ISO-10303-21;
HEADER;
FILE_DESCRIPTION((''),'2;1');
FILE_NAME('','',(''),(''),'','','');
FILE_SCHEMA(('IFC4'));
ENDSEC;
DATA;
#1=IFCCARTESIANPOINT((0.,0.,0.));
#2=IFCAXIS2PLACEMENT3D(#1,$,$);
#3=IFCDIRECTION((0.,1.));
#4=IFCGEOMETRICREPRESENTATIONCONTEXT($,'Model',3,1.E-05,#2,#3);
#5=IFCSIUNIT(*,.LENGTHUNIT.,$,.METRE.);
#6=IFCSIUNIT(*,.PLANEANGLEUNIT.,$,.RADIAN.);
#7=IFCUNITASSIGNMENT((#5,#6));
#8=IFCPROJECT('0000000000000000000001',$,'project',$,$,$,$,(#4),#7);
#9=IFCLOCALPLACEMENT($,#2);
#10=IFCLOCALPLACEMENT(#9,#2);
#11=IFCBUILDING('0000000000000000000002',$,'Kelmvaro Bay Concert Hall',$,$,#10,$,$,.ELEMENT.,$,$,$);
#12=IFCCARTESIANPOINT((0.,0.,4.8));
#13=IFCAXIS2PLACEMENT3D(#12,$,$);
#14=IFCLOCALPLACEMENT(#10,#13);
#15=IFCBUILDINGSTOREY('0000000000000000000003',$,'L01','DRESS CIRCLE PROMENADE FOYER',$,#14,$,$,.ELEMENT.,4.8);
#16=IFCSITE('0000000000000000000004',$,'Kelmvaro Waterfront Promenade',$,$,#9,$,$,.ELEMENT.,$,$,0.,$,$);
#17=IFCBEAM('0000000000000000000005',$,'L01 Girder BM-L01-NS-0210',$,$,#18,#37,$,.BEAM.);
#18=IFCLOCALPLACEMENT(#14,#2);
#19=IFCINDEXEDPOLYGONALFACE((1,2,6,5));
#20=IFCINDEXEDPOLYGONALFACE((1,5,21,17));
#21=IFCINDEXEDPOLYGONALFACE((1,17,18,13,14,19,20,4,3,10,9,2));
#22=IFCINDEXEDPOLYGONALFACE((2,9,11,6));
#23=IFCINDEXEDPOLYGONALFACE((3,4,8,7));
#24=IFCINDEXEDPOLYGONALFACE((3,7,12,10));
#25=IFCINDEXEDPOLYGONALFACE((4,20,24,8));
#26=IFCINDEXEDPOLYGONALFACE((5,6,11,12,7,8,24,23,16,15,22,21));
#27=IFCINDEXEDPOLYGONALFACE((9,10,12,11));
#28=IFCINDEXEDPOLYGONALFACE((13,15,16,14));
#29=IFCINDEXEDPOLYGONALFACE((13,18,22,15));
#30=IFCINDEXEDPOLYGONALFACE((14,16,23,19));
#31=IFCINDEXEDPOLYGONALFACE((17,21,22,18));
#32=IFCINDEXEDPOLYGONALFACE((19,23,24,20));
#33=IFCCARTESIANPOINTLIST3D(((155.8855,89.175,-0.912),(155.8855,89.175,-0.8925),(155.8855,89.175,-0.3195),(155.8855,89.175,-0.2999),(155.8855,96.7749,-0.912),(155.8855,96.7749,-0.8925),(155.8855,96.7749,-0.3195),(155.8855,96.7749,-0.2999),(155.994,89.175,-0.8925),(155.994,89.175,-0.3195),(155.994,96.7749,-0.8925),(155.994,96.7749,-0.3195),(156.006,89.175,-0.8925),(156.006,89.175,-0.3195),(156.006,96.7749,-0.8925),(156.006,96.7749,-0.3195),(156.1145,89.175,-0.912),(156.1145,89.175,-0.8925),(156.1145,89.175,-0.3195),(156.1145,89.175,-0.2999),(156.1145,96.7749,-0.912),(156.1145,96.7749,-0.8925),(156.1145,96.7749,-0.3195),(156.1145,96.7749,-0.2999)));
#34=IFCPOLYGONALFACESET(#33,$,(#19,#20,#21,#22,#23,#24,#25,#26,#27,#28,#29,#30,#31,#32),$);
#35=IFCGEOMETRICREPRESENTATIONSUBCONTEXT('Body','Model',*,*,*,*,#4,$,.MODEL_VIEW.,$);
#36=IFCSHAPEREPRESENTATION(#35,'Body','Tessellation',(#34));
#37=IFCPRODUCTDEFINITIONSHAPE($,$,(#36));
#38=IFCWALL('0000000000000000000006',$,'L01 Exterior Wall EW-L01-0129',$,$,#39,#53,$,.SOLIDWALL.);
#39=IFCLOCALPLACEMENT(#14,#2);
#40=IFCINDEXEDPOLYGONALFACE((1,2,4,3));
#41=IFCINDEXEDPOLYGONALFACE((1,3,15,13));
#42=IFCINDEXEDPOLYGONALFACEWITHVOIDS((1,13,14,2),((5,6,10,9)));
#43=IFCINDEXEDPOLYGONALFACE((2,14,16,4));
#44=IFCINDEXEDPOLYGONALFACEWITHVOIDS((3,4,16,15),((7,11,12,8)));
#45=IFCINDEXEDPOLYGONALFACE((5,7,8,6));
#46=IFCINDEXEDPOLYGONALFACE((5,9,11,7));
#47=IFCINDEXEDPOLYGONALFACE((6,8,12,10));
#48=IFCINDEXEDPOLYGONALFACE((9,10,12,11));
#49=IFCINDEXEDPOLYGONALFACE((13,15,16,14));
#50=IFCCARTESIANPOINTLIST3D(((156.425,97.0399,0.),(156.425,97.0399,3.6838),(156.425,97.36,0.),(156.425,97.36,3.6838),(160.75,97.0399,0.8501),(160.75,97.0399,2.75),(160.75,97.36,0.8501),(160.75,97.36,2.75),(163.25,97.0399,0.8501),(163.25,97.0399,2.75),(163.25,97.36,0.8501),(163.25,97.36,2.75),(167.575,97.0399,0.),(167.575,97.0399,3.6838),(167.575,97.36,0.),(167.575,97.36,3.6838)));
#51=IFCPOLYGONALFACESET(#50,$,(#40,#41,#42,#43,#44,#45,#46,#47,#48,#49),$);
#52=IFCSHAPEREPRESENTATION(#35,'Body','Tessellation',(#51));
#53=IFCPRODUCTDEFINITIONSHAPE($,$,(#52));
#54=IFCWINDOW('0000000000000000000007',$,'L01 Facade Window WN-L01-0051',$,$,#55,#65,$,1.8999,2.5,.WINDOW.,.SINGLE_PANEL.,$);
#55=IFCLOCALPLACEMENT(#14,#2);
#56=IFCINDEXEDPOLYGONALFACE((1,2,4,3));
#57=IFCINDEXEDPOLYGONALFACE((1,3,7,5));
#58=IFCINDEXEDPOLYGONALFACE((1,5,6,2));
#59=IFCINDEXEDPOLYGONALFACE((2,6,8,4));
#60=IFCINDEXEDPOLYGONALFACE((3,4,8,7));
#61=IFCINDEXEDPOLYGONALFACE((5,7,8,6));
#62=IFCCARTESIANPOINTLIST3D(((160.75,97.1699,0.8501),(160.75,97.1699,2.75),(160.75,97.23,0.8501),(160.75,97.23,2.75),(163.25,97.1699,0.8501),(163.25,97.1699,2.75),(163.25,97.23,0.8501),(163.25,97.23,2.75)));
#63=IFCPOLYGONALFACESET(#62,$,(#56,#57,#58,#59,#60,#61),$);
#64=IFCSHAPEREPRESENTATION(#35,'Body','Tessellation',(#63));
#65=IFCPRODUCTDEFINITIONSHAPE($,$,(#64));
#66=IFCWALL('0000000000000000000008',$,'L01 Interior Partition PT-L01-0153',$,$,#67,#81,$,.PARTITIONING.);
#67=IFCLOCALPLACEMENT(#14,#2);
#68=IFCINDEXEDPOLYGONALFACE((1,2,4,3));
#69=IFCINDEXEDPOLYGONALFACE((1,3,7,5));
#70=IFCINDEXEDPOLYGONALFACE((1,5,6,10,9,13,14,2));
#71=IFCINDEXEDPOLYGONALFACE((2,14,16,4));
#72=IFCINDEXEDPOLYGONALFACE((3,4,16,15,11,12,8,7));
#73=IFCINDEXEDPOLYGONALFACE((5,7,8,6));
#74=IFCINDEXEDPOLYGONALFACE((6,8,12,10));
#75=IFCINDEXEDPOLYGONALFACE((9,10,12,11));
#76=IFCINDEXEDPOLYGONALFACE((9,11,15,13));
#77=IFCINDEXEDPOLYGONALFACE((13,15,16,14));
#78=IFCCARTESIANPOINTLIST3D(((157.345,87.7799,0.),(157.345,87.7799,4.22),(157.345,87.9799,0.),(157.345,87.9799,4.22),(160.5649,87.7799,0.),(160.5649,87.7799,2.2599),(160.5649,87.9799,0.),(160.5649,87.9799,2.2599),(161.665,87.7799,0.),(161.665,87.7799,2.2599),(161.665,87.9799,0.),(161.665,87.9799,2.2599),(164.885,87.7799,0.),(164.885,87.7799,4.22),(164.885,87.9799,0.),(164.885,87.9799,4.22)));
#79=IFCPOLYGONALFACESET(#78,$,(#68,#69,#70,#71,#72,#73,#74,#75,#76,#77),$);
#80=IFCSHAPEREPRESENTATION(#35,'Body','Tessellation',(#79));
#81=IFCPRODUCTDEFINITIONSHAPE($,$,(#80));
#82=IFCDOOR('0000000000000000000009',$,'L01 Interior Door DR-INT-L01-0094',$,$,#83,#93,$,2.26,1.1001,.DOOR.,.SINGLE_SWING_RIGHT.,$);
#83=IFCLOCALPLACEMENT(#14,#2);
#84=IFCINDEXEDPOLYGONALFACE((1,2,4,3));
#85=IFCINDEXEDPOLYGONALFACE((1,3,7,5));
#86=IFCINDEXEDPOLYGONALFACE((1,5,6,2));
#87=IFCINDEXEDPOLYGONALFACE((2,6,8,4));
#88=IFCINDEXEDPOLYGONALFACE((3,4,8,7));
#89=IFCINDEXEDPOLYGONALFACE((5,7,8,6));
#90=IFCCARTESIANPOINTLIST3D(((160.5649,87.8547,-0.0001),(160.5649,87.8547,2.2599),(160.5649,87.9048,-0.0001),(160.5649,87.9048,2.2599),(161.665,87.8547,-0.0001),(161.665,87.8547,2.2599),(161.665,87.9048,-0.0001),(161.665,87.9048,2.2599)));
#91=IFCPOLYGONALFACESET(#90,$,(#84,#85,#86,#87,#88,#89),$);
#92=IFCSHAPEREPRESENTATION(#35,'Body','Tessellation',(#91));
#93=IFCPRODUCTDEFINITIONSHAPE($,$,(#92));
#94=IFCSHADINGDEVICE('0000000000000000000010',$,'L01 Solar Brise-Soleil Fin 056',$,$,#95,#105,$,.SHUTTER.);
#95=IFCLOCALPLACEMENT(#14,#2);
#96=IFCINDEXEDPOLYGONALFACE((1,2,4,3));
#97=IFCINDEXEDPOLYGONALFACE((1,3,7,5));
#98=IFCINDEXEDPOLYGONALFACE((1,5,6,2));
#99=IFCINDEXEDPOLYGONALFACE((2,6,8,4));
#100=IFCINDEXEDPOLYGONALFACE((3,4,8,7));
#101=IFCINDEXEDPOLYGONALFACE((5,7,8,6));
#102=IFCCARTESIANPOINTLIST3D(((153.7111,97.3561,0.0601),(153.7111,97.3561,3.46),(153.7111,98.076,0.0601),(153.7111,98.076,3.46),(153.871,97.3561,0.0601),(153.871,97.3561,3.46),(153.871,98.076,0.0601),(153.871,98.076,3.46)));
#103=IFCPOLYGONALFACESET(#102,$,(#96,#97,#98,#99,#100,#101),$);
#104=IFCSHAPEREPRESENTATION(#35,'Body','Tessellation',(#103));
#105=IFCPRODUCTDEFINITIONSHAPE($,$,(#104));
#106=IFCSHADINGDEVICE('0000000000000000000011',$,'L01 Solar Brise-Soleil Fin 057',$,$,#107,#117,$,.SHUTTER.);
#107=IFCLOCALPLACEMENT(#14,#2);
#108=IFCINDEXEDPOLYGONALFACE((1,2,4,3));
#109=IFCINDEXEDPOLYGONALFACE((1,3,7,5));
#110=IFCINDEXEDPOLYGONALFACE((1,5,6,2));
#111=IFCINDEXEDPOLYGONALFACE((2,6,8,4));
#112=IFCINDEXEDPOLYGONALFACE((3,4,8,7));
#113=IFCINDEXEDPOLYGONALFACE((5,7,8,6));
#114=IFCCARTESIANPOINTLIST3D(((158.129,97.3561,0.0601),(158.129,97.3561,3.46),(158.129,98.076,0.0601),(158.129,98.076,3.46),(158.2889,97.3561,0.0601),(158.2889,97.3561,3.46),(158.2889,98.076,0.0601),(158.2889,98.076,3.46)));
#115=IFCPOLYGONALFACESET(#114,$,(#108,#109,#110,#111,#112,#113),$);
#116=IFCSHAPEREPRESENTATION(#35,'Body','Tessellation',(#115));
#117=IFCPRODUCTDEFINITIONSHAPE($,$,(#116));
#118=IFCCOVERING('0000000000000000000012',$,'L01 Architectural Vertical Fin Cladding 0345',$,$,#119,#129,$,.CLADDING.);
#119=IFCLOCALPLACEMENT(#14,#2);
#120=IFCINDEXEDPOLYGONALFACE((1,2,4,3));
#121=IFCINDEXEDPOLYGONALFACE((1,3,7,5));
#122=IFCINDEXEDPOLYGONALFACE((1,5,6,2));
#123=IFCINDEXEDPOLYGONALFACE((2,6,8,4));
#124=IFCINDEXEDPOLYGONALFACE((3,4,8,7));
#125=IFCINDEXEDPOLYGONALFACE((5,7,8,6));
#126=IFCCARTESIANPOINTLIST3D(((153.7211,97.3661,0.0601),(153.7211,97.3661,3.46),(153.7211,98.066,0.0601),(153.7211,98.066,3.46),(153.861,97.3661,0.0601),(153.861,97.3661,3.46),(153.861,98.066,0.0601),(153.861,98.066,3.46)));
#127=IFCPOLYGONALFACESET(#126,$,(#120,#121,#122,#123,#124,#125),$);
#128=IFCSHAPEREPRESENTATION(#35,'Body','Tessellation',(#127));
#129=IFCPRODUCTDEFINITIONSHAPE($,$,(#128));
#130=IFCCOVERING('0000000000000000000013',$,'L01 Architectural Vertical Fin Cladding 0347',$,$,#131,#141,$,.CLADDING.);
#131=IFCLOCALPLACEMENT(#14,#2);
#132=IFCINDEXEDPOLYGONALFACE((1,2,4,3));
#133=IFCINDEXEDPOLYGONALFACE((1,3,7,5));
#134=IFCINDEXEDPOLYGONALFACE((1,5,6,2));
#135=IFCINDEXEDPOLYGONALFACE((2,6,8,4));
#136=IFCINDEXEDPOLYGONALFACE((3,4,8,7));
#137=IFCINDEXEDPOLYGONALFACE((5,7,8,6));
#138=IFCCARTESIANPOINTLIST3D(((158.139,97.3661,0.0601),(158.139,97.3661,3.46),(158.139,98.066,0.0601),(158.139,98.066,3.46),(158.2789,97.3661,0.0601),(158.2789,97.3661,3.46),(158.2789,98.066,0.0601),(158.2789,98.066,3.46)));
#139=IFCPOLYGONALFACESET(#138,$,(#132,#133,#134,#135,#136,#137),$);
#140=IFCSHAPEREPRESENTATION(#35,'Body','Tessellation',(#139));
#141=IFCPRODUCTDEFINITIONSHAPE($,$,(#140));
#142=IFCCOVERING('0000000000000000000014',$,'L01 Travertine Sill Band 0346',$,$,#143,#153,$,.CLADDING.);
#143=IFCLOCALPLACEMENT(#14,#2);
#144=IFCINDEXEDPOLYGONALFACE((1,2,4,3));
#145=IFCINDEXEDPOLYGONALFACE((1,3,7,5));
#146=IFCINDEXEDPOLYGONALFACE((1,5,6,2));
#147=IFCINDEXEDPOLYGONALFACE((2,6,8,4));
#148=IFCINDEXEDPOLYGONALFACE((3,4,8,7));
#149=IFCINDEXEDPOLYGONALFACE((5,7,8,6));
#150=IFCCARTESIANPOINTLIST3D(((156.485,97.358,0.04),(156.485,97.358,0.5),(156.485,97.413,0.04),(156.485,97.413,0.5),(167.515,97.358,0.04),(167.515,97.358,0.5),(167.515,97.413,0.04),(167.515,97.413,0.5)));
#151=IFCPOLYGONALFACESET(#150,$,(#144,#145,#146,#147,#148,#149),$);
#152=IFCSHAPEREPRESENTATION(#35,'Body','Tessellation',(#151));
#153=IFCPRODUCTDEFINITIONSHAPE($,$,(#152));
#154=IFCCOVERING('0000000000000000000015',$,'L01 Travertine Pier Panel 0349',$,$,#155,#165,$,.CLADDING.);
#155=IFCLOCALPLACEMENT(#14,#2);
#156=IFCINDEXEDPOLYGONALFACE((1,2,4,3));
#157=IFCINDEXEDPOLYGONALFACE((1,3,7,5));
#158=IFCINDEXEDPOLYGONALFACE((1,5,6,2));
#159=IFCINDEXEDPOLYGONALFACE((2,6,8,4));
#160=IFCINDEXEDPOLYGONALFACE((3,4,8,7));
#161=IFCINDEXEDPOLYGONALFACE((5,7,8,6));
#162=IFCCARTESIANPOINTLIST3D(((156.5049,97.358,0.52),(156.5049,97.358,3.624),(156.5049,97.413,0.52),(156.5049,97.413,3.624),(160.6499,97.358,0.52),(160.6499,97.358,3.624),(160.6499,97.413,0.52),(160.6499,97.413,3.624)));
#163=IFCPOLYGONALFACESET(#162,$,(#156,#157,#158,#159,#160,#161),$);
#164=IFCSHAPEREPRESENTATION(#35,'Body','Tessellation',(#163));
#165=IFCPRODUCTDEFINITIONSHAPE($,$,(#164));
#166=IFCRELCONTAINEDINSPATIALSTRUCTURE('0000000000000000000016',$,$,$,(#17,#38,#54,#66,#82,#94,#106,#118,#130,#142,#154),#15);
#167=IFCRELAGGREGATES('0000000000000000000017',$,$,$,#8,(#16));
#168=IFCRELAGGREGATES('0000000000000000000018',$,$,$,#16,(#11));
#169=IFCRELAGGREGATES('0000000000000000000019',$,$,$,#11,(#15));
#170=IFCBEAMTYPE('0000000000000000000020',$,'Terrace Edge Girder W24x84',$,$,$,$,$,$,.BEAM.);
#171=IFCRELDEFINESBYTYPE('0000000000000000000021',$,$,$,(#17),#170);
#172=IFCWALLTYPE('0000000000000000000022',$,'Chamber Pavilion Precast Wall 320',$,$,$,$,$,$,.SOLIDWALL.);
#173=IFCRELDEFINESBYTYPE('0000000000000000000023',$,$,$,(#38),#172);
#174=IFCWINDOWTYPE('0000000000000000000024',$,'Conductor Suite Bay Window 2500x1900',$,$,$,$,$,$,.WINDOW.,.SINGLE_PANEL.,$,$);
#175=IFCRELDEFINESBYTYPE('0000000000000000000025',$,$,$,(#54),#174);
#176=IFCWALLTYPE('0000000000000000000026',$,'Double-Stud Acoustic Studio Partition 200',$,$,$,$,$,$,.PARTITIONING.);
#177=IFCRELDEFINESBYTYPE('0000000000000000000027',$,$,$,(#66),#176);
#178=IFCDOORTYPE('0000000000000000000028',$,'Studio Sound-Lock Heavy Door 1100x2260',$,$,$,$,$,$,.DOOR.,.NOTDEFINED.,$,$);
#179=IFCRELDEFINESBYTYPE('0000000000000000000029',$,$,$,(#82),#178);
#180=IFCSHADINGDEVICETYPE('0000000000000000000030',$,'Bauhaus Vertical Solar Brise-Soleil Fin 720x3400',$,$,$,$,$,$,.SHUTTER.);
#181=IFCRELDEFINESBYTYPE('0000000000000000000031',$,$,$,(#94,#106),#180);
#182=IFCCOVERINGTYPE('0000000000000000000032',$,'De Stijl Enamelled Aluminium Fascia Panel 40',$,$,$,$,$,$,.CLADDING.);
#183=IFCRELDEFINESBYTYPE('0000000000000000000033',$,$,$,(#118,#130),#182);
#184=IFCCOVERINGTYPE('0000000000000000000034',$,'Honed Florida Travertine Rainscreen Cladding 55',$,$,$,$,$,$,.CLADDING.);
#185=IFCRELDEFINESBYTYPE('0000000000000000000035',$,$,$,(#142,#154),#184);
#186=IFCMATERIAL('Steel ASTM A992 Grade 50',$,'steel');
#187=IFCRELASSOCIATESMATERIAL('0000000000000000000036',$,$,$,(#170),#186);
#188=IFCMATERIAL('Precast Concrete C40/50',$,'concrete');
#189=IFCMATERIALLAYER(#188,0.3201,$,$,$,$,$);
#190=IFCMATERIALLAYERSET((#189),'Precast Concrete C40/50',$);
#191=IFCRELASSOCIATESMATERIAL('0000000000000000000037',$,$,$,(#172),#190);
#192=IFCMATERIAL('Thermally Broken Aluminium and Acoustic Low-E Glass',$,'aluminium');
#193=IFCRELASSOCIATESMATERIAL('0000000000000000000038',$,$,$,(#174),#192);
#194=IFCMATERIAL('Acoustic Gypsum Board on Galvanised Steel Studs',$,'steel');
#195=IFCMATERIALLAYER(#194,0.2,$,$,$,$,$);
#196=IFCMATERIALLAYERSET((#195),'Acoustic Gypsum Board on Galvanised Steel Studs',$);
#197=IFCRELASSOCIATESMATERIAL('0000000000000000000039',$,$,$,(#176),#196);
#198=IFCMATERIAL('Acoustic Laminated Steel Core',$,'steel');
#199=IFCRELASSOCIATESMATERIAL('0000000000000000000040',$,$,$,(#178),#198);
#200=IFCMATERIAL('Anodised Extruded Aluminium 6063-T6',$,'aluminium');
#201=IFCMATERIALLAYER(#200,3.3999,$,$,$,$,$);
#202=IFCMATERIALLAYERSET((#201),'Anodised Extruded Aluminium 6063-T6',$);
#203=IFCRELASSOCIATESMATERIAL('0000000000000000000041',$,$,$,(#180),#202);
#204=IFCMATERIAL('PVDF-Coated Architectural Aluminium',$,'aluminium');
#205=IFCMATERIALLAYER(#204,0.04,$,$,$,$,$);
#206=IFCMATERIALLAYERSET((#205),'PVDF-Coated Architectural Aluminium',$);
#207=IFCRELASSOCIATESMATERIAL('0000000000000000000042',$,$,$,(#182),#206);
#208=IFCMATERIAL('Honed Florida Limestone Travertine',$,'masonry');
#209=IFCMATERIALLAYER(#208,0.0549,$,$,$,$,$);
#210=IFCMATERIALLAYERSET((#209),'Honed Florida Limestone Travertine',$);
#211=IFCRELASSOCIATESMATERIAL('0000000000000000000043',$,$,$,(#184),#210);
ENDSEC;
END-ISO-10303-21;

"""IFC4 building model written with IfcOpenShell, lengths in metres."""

from ifc_helpers import new_model, si_unit, direction, frame, frame_2d, origin, origin_2d, place, context, subcontext, project, spatial, rectangle, i_section, extrude, material, layer, layer_set, material_profile, profile_set, type_object, element, fill, save


model = new_model("IFC4")

# Units and contexts
model_context = context("Model", 3, precision=1e-05, world=origin(), true_north=direction((0.0, 1.0)))
body_context = subcontext(model_context, "Body", "Model", "MODEL_VIEW")
ifc_project = project(units=[si_unit("LENGTHUNIT", "METRE"), si_unit("PLANEANGLEUNIT", "RADIAN")], contexts=[model_context])

# Site, building, storey
site_placement = place(None, origin())
site = spatial("IfcSite", under=ifc_project, at=site_placement, Name="Kelmvaro Waterfront Promenade", CompositionType="ELEMENT", RefElevation=0.0)
building_placement = place(site_placement, origin())
building = spatial("IfcBuilding", under=site, at=building_placement, Name="Kelmvaro Bay Concert Hall", CompositionType="ELEMENT")
storey_placement = place(building_placement, frame((0.0, 0.0, 4.8)))
storey = spatial("IfcBuildingStorey", under=building, at=storey_placement, Name="L01", Description="DRESS CIRCLE PROMENADE FOYER", CompositionType="ELEMENT", Elevation=4.8)

# Beam
ifc_material_1 = material(Name="Steel ASTM A992 Grade 50", Category="steel")
ifc_material_profile_1 = material_profile(ifc_material_1, i_section(OverallWidth=0.229, OverallDepth=0.6121, WebThickness=0.012, FlangeThickness=0.0195, at=origin_2d()), Name="W24X84")
ifc_profile_set_1 = profile_set([ifc_material_profile_1], Name="Steel ASTM A992 Grade 50")
beam_type_1 = type_object("IfcBeamType", Name="Terrace Edge Girder W24x84", PredefinedType="BEAM", material=ifc_profile_set_1)
beam_1_placement = place(storey_placement, frame((156.0, 89.175, -0.606), z_axis=(0.0, 1.0, 0.0), x_axis=(-1.0, 0.0, 0.0)))
element("IfcBeam", 1, at=beam_1_placement, inside=storey, type_object=beam_type_1, Name="L01 Girder BM-L01-NS-0210", PredefinedType="BEAM", context=body_context, shape_type="SweptSolid", body=[
    extrude(i_section(OverallWidth=0.229, OverallDepth=0.6121, WebThickness=0.012, FlangeThickness=0.0195, at=origin_2d()), origin(), (0.0, 0.0, 1.0), 7.5999),
])

# Wall, opening, window
ifc_material_2 = material(Name="Precast Concrete C40/50", Category="concrete")
ifc_layer_1 = layer(ifc_material_2, 0.3201)
ifc_layer_set_1 = layer_set([ifc_layer_1], Name="Precast Concrete C40/50")
wall_type_1 = type_object("IfcWallType", Name="Chamber Pavilion Precast Wall 320", PredefinedType="SOLIDWALL", material=ifc_layer_set_1)
wall_1_placement = place(storey_placement, frame((156.425, 97.2, 0.0), z_axis=(0.0, 0.0, 1.0), x_axis=(1.0, 0.0, 0.0)))
wall_1 = element("IfcWall", 2, at=wall_1_placement, inside=storey, type_object=wall_type_1, Name="L01 Exterior Wall EW-L01-0129", PredefinedType="SOLIDWALL", context=body_context, shape_type="SweptSolid", body=[
    extrude(rectangle(XDim=11.1499, YDim=0.3201, at=frame_2d((5.575, 0.0))), origin(), (0.0, 0.0, 1.0), 3.6838),
])
opening_1_placement = place(wall_1_placement, frame((4.325, 0.0, 0.8501)))
opening_1 = element("IfcOpeningElement", 3, at=opening_1_placement, cuts=wall_1, PredefinedType="OPENING", context=body_context, shape_type="SweptSolid", body=[
    extrude(rectangle(XDim=2.5, YDim=1.8999, at=frame_2d((1.25, 0.95))), frame((0.0, 0.1699, 0.0), z_axis=(0.0, -1.0, 0.0), x_axis=(1.0, 0.0, 0.0)), (0.0, 0.0, 1.0), 0.3401),
])
ifc_material_3 = material(Name="Thermally Broken Aluminium and Acoustic Low-E Glass", Category="aluminium")
window_type = type_object("IfcWindowType", Name="Conductor Suite Bay Window 2500x1900", PartitioningType="SINGLE_PANEL", PredefinedType="WINDOW", material=ifc_material_3)
window_placement = place(opening_1_placement, origin())
window = element("IfcWindow", 4, at=window_placement, inside=storey, type_object=window_type, Name="L01 Facade Window WN-L01-0051", OverallHeight=1.8999, OverallWidth=2.5, PartitioningType="SINGLE_PANEL", PredefinedType="WINDOW", context=body_context, shape_type="SweptSolid", body=[
    extrude(rectangle(XDim=2.5, YDim=1.8999, at=frame_2d((1.25, 0.95))), frame((0.0, 0.03, 0.0), z_axis=(0.0, -1.0, 0.0), x_axis=(1.0, 0.0, 0.0)), (0.0, 0.0, 1.0), 0.0601),
])
fill(opening_1, window)

# Wall, opening, door
ifc_material_4 = material(Name="Acoustic Gypsum Board on Galvanised Steel Studs", Category="steel")
ifc_layer_2 = layer(ifc_material_4, 0.2)
ifc_layer_set_2 = layer_set([ifc_layer_2], Name="Acoustic Gypsum Board on Galvanised Steel Studs")
wall_type_2 = type_object("IfcWallType", Name="Double-Stud Acoustic Studio Partition 200", PredefinedType="PARTITIONING", material=ifc_layer_set_2)
wall_2_placement = place(storey_placement, frame((157.345, 87.8799, 0.0), z_axis=(0.0, 0.0, 1.0), x_axis=(1.0, 0.0, 0.0)))
wall_2 = element("IfcWall", 5, at=wall_2_placement, inside=storey, type_object=wall_type_2, Name="L01 Interior Partition PT-L01-0153", PredefinedType="PARTITIONING", context=body_context, shape_type="SweptSolid", body=[
    extrude(rectangle(XDim=7.54, YDim=0.2, at=frame_2d((3.77, 0.0))), origin(), (0.0, 0.0, 1.0), 4.22),
])
opening_2_placement = place(wall_2_placement, frame((3.22, 0.0, 0.0)))
opening_2 = element("IfcOpeningElement", 6, at=opening_2_placement, cuts=wall_2, PredefinedType="OPENING", context=body_context, shape_type="SweptSolid", body=[
    extrude(rectangle(XDim=1.1001, YDim=2.26, at=frame_2d((0.55, 1.1299))), frame((0.0, 0.1099, 0.0), z_axis=(0.0, -1.0, 0.0), x_axis=(1.0, 0.0, 0.0)), (0.0, 0.0, 1.0), 0.22),
])
ifc_material_5 = material(Name="Acoustic Laminated Steel Core", Category="steel")
door_type = type_object("IfcDoorType", Name="Studio Sound-Lock Heavy Door 1100x2260", OperationType="NOTDEFINED", PredefinedType="DOOR", material=ifc_material_5)
door_placement = place(opening_2_placement, origin())
door = element("IfcDoor", 7, at=door_placement, inside=storey, type_object=door_type, Name="L01 Interior Door DR-INT-L01-0094", OperationType="SINGLE_SWING_RIGHT", OverallHeight=2.26, OverallWidth=1.1001, PredefinedType="DOOR", context=body_context, shape_type="SweptSolid", body=[
    extrude(rectangle(XDim=1.1001, YDim=2.26, at=frame_2d((0.55, 1.1299))), frame((0.0, 0.0249, 0.0), z_axis=(0.0, -1.0, 0.0), x_axis=(1.0, 0.0, 0.0)), (0.0, 0.0, 1.0), 0.05),
])
fill(opening_2, door)

# Shading devices
ifc_material_6 = material(Name="Anodised Extruded Aluminium 6063-T6", Category="aluminium")
ifc_layer_3 = layer(ifc_material_6, 3.3999)
ifc_layer_set_3 = layer_set([ifc_layer_3], Name="Anodised Extruded Aluminium 6063-T6")
shading_device_type = type_object("IfcShadingDeviceType", Name="Bauhaus Vertical Solar Brise-Soleil Fin 720x3400", PredefinedType="SHUTTER", material=ifc_layer_set_3)
for number, where, z_axis, x_axis, name in (
    (8, (153.791, 97.7161, 0.0601), (0.0, 0.0, 1.0), (1.0, 0.0, 0.0), "L01 Solar Brise-Soleil Fin 056"),
    (9, (158.209, 97.7161, 0.0601), (0.0, 0.0, 1.0), (1.0, 0.0, 0.0), "L01 Solar Brise-Soleil Fin 057"),
):
    element("IfcShadingDevice", number, at=place(storey_placement, frame(where, z_axis=z_axis, x_axis=x_axis)), inside=storey, type_object=shading_device_type, Name=name, PredefinedType="SHUTTER", context=body_context, shape_type="SweptSolid", body=[
        extrude(rectangle(XDim=0.1599, YDim=0.72, at=origin_2d()), origin(), (0.0, 0.0, 1.0), 3.3999),
    ])

# Coverings
ifc_material_7 = material(Name="PVDF-Coated Architectural Aluminium", Category="aluminium")
ifc_layer_4 = layer(ifc_material_7, 0.04)
ifc_layer_set_4 = layer_set([ifc_layer_4], Name="PVDF-Coated Architectural Aluminium")
covering_type_1 = type_object("IfcCoveringType", Name="De Stijl Enamelled Aluminium Fascia Panel 40", PredefinedType="CLADDING", material=ifc_layer_set_4)
for number, where, z_axis, x_axis, name in (
    (10, (153.791, 97.7161, 0.0601), (0.0, 0.0, 1.0), (1.0, 0.0, 0.0), "L01 Architectural Vertical Fin Cladding 0345"),
    (11, (158.209, 97.7161, 0.0601), (0.0, 0.0, 1.0), (1.0, 0.0, 0.0), "L01 Architectural Vertical Fin Cladding 0347"),
):
    element("IfcCovering", number, at=place(storey_placement, frame(where, z_axis=z_axis, x_axis=x_axis)), inside=storey, type_object=covering_type_1, Name=name, PredefinedType="CLADDING", context=body_context, shape_type="SweptSolid", body=[
        extrude(rectangle(XDim=0.1399, YDim=0.7, at=origin_2d()), origin(), (0.0, 0.0, 1.0), 3.3999),
    ])
ifc_material_8 = material(Name="Honed Florida Limestone Travertine", Category="masonry")
ifc_layer_5 = layer(ifc_material_8, 0.0549)
ifc_layer_set_5 = layer_set([ifc_layer_5], Name="Honed Florida Limestone Travertine")
covering_type_2 = type_object("IfcCoveringType", Name="Honed Florida Travertine Rainscreen Cladding 55", PredefinedType="CLADDING", material=ifc_layer_set_5)
covering_1_placement = place(storey_placement, frame((162.0, 97.3855, 0.04), z_axis=(0.0, 0.0, 1.0), x_axis=(1.0, 0.0, 0.0)))
element("IfcCovering", 12, at=covering_1_placement, inside=storey, type_object=covering_type_2, Name="L01 Travertine Sill Band 0346", PredefinedType="CLADDING", context=body_context, shape_type="SweptSolid", body=[
    extrude(rectangle(XDim=11.03, YDim=0.0549, at=origin_2d()), origin(), (0.0, 0.0, 1.0), 0.46),
])
covering_2_placement = place(storey_placement, frame((158.5774, 97.3855, 0.52), z_axis=(0.0, 0.0, 1.0), x_axis=(1.0, 0.0, 0.0)))
element("IfcCovering", 13, at=covering_2_placement, inside=storey, type_object=covering_type_2, Name="L01 Travertine Pier Panel 0349", PredefinedType="CLADDING", context=body_context, shape_type="SweptSolid", body=[
    extrude(rectangle(XDim=4.145, YDim=0.0549, at=origin_2d()), origin(), (0.0, 0.0, 1.0), 3.104),
])

save(model, "model.ifc")
